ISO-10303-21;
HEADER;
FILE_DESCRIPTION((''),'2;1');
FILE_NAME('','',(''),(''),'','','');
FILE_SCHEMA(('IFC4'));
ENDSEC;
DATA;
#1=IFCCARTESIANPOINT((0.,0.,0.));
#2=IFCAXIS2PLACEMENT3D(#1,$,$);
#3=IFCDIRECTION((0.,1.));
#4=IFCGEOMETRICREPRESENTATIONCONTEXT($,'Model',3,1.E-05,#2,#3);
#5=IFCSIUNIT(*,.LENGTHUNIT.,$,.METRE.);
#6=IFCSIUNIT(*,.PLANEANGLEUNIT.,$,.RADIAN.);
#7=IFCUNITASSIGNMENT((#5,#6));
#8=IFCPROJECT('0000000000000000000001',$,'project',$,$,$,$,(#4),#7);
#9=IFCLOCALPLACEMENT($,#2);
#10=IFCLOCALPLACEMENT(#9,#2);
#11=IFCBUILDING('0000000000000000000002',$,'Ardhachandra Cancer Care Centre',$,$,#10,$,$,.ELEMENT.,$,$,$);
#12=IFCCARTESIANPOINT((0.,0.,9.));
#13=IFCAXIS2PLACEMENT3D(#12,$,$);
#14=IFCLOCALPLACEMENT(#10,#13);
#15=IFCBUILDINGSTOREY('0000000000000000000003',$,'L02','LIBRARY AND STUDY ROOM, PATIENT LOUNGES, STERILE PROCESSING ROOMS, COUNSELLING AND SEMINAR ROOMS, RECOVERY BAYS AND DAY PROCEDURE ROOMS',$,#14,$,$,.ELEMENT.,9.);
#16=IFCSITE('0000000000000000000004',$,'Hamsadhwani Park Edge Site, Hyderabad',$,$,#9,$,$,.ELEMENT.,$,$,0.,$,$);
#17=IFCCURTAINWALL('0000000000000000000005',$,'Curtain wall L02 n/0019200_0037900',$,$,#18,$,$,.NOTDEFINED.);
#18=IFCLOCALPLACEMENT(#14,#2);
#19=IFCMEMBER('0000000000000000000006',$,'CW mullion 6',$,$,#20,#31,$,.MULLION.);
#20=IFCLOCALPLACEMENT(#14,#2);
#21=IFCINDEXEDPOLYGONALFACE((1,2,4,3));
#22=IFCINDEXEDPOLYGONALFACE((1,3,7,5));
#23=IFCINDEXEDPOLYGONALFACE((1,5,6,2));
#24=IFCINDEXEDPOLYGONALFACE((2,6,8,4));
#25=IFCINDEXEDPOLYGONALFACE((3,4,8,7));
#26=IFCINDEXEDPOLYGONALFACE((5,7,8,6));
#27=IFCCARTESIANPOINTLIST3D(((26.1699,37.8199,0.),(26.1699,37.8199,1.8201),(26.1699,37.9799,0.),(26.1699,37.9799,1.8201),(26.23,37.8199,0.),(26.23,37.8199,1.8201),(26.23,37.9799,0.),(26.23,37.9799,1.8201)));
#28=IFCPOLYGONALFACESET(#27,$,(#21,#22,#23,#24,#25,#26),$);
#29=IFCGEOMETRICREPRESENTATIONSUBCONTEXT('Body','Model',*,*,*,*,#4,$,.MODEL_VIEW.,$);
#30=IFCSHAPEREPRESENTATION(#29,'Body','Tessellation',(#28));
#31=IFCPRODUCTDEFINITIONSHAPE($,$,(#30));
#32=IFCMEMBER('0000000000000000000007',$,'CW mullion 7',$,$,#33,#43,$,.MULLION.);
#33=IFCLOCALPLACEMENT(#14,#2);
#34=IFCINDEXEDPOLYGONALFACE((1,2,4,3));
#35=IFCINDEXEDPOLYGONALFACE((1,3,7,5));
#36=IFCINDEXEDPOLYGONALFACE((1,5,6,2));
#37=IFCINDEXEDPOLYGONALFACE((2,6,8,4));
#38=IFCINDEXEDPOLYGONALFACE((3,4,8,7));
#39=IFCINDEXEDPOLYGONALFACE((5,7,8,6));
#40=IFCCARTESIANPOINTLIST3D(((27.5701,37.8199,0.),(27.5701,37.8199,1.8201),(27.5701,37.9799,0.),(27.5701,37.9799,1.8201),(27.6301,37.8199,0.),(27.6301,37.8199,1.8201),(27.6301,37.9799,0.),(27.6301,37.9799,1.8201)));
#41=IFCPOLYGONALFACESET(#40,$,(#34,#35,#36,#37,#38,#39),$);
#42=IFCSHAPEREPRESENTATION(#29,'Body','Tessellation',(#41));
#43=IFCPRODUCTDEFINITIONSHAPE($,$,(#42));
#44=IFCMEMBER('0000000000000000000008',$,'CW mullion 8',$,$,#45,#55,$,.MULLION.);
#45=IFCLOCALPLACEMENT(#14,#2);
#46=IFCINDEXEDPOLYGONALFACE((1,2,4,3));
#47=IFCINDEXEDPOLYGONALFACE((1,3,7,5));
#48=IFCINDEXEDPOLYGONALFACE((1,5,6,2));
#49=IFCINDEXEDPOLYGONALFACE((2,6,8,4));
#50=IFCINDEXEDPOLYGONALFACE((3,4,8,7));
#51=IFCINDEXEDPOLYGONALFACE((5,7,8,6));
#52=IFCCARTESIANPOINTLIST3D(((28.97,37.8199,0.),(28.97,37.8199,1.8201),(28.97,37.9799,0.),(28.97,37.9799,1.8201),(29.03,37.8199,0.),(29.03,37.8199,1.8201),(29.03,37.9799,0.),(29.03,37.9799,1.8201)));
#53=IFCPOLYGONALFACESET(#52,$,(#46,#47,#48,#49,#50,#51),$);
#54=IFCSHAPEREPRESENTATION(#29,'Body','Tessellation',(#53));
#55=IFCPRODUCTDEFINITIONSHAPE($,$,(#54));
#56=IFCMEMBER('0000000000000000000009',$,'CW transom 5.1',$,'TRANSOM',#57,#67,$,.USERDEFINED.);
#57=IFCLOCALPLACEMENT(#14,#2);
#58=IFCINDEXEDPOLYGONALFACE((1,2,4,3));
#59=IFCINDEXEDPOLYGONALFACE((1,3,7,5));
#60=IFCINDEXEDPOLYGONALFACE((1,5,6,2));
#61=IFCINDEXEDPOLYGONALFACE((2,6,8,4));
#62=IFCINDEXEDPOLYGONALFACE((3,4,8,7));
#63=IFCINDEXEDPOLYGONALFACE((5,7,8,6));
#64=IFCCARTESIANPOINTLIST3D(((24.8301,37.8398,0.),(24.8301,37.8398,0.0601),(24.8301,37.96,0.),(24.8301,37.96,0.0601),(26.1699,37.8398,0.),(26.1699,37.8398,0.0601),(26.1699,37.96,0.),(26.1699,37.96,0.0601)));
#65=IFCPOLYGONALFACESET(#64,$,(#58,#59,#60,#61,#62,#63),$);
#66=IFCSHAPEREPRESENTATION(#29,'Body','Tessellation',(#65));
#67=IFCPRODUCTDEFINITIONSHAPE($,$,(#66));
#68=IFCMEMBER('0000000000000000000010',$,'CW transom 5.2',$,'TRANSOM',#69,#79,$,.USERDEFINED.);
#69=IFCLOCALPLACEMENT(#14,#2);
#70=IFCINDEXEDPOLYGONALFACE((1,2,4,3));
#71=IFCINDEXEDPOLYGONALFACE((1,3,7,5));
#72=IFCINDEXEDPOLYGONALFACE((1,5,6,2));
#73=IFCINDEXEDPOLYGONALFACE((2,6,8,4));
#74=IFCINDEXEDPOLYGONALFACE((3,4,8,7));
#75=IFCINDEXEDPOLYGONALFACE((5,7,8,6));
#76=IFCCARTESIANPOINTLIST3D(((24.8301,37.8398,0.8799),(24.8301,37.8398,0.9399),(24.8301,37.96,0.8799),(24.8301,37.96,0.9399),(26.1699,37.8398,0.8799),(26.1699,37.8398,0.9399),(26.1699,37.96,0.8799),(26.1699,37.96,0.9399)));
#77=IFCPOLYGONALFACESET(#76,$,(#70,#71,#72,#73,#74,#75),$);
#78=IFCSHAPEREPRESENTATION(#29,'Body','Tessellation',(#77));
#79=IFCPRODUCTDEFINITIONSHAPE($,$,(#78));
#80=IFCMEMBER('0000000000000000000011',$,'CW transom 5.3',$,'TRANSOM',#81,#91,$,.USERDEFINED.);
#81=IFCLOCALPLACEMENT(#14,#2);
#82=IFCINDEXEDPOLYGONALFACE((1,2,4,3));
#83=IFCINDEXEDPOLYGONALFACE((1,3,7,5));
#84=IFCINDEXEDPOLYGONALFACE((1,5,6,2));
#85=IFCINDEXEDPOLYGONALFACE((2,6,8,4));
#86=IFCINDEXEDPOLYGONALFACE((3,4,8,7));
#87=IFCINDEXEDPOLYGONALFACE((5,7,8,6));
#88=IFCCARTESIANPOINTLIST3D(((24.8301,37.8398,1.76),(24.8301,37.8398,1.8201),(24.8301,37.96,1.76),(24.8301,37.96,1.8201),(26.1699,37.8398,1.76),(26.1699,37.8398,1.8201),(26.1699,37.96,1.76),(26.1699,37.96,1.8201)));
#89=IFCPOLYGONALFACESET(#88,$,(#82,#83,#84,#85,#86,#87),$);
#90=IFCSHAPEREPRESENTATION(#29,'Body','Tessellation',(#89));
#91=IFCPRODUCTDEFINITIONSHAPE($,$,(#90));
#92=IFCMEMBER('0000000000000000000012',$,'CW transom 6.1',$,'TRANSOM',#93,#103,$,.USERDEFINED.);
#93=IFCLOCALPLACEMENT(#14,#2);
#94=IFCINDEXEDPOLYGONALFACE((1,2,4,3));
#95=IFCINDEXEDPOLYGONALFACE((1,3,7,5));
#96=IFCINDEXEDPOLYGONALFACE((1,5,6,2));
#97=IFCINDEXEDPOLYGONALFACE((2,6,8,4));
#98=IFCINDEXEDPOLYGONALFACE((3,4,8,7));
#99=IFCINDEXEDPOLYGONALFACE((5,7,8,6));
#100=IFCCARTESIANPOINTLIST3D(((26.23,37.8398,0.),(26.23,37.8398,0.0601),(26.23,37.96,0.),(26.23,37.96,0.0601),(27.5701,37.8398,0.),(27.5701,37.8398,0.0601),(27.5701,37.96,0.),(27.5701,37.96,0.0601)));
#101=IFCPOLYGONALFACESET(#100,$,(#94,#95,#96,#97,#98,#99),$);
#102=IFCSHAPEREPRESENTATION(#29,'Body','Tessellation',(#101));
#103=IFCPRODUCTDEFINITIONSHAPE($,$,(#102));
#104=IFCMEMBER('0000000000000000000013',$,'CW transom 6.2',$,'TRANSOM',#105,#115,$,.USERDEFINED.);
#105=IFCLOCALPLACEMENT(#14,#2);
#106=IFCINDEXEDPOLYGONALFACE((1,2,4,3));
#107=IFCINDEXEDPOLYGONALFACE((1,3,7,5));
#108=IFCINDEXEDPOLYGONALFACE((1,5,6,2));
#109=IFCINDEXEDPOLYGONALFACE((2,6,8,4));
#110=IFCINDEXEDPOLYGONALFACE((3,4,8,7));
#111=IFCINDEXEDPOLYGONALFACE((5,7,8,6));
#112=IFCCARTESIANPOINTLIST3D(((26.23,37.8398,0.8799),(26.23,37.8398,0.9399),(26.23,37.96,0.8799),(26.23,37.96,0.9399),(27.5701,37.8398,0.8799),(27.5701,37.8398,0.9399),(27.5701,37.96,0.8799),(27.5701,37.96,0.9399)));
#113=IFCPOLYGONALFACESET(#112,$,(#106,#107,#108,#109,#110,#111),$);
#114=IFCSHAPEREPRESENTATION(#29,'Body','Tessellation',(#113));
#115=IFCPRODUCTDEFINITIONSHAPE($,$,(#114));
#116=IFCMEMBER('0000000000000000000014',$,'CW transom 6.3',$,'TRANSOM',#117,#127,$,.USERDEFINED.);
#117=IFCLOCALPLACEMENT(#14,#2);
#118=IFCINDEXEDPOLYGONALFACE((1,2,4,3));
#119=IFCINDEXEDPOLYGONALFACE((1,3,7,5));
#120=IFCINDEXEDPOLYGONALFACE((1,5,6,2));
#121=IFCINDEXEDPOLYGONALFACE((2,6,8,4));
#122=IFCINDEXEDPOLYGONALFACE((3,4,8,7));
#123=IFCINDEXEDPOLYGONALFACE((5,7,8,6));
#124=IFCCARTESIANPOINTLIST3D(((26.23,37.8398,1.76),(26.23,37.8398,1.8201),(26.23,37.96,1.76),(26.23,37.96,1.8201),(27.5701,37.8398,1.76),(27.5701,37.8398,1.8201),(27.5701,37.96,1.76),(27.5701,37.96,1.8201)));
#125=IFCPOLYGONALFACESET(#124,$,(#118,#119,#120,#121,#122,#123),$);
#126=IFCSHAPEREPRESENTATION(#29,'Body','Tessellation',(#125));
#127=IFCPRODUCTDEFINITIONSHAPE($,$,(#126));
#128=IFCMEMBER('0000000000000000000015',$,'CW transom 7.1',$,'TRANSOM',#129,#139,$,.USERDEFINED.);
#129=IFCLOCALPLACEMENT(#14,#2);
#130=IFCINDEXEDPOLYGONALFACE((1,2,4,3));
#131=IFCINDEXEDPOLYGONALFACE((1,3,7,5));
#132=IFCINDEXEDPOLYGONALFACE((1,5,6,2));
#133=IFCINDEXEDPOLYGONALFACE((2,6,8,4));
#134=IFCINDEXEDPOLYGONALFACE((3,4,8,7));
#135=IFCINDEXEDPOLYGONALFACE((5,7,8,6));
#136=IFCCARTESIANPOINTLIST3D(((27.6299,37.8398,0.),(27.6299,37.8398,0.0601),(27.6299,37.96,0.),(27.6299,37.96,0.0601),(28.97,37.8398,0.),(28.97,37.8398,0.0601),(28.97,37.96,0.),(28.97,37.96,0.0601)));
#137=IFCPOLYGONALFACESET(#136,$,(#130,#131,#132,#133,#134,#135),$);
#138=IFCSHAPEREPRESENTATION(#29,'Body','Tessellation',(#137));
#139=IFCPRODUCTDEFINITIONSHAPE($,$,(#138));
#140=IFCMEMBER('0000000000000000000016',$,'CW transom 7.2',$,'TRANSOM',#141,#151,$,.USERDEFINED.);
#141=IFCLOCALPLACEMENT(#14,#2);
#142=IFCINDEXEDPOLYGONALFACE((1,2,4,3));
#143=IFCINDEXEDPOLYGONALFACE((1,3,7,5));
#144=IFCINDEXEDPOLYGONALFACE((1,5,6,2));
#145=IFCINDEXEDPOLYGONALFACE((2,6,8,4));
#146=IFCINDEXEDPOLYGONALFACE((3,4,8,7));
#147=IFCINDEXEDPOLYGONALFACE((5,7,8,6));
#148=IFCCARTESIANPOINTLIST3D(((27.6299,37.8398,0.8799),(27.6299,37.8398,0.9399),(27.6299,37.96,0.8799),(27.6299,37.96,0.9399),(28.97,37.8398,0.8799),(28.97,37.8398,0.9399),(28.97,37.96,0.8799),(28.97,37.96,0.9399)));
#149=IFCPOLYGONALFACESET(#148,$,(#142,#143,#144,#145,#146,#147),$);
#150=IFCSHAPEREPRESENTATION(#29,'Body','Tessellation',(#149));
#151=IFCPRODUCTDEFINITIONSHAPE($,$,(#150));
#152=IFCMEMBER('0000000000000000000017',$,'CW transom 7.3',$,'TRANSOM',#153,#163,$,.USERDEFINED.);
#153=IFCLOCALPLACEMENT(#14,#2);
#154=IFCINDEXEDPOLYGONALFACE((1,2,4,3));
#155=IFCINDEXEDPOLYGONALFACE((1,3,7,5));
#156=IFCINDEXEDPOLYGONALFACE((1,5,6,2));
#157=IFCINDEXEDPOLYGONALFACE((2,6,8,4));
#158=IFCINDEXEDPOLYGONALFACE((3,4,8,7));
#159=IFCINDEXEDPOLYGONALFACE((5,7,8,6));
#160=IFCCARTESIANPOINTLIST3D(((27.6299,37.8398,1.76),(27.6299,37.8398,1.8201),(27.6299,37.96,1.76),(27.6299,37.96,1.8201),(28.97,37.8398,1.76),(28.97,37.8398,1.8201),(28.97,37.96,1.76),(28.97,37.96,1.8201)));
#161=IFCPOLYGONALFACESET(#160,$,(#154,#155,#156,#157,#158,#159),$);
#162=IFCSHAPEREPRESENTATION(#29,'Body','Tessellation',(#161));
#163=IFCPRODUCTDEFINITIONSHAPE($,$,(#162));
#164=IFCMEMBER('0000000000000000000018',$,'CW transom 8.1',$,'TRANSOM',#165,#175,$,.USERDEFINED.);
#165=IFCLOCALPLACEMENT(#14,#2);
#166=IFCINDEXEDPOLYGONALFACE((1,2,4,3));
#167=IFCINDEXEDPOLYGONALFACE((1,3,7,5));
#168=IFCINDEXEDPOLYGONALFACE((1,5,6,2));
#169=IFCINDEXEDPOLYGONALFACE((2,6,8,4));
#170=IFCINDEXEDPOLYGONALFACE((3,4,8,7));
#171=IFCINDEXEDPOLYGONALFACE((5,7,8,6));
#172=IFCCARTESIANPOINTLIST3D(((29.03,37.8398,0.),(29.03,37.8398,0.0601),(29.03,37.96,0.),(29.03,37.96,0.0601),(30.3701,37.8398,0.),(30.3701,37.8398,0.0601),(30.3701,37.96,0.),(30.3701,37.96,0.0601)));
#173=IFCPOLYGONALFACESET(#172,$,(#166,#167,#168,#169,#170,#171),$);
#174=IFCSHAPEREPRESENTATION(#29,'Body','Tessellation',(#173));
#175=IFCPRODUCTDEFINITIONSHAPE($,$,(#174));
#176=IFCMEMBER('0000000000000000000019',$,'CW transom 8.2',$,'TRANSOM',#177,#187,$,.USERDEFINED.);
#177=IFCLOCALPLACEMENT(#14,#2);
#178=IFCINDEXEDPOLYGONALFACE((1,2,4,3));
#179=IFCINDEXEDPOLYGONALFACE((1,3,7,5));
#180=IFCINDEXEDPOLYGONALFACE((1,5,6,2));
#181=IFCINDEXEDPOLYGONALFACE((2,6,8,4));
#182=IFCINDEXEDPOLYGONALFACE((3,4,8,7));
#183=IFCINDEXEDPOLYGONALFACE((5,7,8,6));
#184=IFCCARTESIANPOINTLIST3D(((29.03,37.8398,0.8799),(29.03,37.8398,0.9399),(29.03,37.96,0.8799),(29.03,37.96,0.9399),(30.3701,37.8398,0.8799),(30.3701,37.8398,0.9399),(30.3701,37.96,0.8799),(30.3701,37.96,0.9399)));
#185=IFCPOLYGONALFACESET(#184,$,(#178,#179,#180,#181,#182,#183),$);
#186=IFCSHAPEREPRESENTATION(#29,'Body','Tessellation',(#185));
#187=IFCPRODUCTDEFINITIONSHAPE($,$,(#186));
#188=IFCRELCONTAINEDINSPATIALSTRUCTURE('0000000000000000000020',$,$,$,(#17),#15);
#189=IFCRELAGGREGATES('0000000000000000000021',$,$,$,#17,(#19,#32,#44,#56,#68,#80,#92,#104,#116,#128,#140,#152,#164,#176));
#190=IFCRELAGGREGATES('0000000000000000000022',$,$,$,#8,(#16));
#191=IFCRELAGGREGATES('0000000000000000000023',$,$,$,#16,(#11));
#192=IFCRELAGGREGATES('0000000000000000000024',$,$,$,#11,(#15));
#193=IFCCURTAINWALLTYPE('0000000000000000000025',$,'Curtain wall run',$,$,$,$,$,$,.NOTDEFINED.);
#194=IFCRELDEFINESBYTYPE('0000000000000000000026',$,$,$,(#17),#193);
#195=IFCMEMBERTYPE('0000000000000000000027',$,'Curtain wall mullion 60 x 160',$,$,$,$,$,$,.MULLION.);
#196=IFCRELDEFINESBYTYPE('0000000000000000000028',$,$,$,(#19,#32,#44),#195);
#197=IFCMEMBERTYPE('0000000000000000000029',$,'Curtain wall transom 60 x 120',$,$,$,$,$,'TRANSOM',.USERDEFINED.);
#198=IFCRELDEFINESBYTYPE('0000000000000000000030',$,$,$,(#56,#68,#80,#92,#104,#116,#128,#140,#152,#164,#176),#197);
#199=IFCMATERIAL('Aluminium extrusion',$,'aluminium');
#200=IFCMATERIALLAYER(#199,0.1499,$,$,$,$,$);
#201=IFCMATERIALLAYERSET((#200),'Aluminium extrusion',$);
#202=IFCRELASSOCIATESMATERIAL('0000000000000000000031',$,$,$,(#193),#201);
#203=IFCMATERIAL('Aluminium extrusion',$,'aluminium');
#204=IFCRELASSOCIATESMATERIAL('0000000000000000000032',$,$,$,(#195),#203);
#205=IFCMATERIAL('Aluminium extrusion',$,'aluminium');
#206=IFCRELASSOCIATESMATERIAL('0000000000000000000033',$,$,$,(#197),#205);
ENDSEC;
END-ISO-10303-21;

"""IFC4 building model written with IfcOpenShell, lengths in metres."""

from ifc_helpers import new_model, si_unit, direction, frame, origin, origin_2d, place, context, subcontext, project, spatial, rectangle, extrude, material, layer, layer_set, material_profile, profile_set, type_object, element, aggregate, save


model = new_model("IFC4")

# Units and contexts
model_context = context("Model", 3, precision=1e-05, world=origin(), true_north=direction((0.0, 1.0)))
body_context = subcontext(model_context, "Body", "Model", "MODEL_VIEW")
ifc_project = project(units=[si_unit("LENGTHUNIT", "METRE"), si_unit("PLANEANGLEUNIT", "RADIAN")], contexts=[model_context])

# Site, building, storey
site_placement = place(None, origin())
site = spatial("IfcSite", under=ifc_project, at=site_placement, Name="Hamsadhwani Park Edge Site, Hyderabad", CompositionType="ELEMENT", RefElevation=0.0)
building_placement = place(site_placement, origin())
building = spatial("IfcBuilding", under=site, at=building_placement, Name="Ardhachandra Cancer Care Centre", CompositionType="ELEMENT")
storey_placement = place(building_placement, frame((0.0, 0.0, 9.0)))
storey = spatial("IfcBuildingStorey", under=building, at=storey_placement, Name="L02", Description="LIBRARY AND STUDY ROOM, PATIENT LOUNGES, STERILE PROCESSING ROOMS, COUNSELLING AND SEMINAR ROOMS, RECOVERY BAYS AND DAY PROCEDURE ROOMS", CompositionType="ELEMENT", Elevation=9.0)

# Curtain wall, members
ifc_material_1 = material(Name="Aluminium extrusion", Category="aluminium")
ifc_layer_1 = layer(ifc_material_1, 0.1499)
ifc_layer_set_1 = layer_set([ifc_layer_1], Name="Aluminium extrusion")
curtain_wall_type = type_object("IfcCurtainWallType", Name="Curtain wall run", PredefinedType="NOTDEFINED", material=ifc_layer_set_1)
curtain_wall_placement = place(storey_placement, origin())
curtain_wall = element("IfcCurtainWall", 1, at=curtain_wall_placement, inside=storey, type_object=curtain_wall_type, Name="Curtain wall L02 n/0019200_0037900", PredefinedType="NOTDEFINED")
ifc_material_2 = material(Name="Aluminium extrusion", Category="aluminium")
ifc_material_profile_1 = material_profile(ifc_material_2, rectangle(XDim=0.1599, YDim=0.0601, at=origin_2d()), Name="Curtain wall mullion 60 x 160")
ifc_profile_set_1 = profile_set([ifc_material_profile_1], Name="Aluminium extrusion")
member_type_1 = type_object("IfcMemberType", Name="Curtain wall mullion 60 x 160", PredefinedType="MULLION", material=ifc_profile_set_1)
member_1_placement = place(storey_placement, frame((26.2, 37.8999, 0.0), z_axis=(0.0, 0.0, 1.0), x_axis=(0.0, 1.0, 0.0)))
member_1 = element("IfcMember", 2, at=member_1_placement, type_object=member_type_1, Name="CW mullion 6", PredefinedType="MULLION", context=body_context, shape_type="SweptSolid", body=[
    extrude(rectangle(XDim=0.1599, YDim=0.0601, at=origin_2d()), origin(), (0.0, 0.0, 1.0), 1.8201),
])
member_2_placement = place(storey_placement, frame((27.6001, 37.8999, 0.0), z_axis=(0.0, 0.0, 1.0), x_axis=(0.0, 1.0, 0.0)))
member_2 = element("IfcMember", 3, at=member_2_placement, type_object=member_type_1, Name="CW mullion 7", PredefinedType="MULLION", context=body_context, shape_type="SweptSolid", body=[
    extrude(rectangle(XDim=0.1599, YDim=0.0601, at=origin_2d()), origin(), (0.0, 0.0, 1.0), 1.8201),
])
member_3_placement = place(storey_placement, frame((29.0, 37.8999, 0.0), z_axis=(0.0, 0.0, 1.0), x_axis=(0.0, 1.0, 0.0)))
member_3 = element("IfcMember", 4, at=member_3_placement, type_object=member_type_1, Name="CW mullion 8", PredefinedType="MULLION", context=body_context, shape_type="SweptSolid", body=[
    extrude(rectangle(XDim=0.1599, YDim=0.0601, at=origin_2d()), origin(), (0.0, 0.0, 1.0), 1.8201),
])
ifc_material_3 = material(Name="Aluminium extrusion", Category="aluminium")
ifc_material_profile_2 = material_profile(ifc_material_3, rectangle(XDim=0.1201, YDim=0.0601, at=origin_2d()), Name="Curtain wall transom 60 x 120")
ifc_profile_set_2 = profile_set([ifc_material_profile_2], Name="Aluminium extrusion")
member_type_2 = type_object("IfcMemberType", Name="Curtain wall transom 60 x 120", ElementType="TRANSOM", PredefinedType="USERDEFINED", material=ifc_profile_set_2)
member_4_placement = place(storey_placement, frame((24.8301, 37.8999, 0.03), z_axis=(1.0, 0.0, 0.0), x_axis=(0.0, 1.0, 0.0)))
member_4 = element("IfcMember", 5, at=member_4_placement, type_object=member_type_2, Name="CW transom 5.1", ObjectType="TRANSOM", PredefinedType="USERDEFINED", context=body_context, shape_type="SweptSolid", body=[
    extrude(rectangle(XDim=0.1201, YDim=0.0601, at=origin_2d()), origin(), (0.0, 0.0, 1.0), 1.3398),
])
member_5_placement = place(storey_placement, frame((24.8301, 37.8999, 0.9099), z_axis=(1.0, 0.0, 0.0), x_axis=(0.0, 1.0, 0.0)))
member_5 = element("IfcMember", 6, at=member_5_placement, type_object=member_type_2, Name="CW transom 5.2", ObjectType="TRANSOM", PredefinedType="USERDEFINED", context=body_context, shape_type="SweptSolid", body=[
    extrude(rectangle(XDim=0.1201, YDim=0.0601, at=origin_2d()), origin(), (0.0, 0.0, 1.0), 1.3398),
])
member_6_placement = place(storey_placement, frame((24.8301, 37.8999, 1.79), z_axis=(1.0, 0.0, 0.0), x_axis=(0.0, 1.0, 0.0)))
member_6 = element("IfcMember", 7, at=member_6_placement, type_object=member_type_2, Name="CW transom 5.3", ObjectType="TRANSOM", PredefinedType="USERDEFINED", context=body_context, shape_type="SweptSolid", body=[
    extrude(rectangle(XDim=0.1201, YDim=0.0601, at=origin_2d()), origin(), (0.0, 0.0, 1.0), 1.3398),
])
member_7_placement = place(storey_placement, frame((26.23, 37.8999, 0.03), z_axis=(1.0, 0.0, 0.0), x_axis=(0.0, 1.0, 0.0)))
member_7 = element("IfcMember", 8, at=member_7_placement, type_object=member_type_2, Name="CW transom 6.1", ObjectType="TRANSOM", PredefinedType="USERDEFINED", context=body_context, shape_type="SweptSolid", body=[
    extrude(rectangle(XDim=0.1201, YDim=0.0601, at=origin_2d()), origin(), (0.0, 0.0, 1.0), 1.3401),
])
member_8_placement = place(storey_placement, frame((26.23, 37.8999, 0.9099), z_axis=(1.0, 0.0, 0.0), x_axis=(0.0, 1.0, 0.0)))
member_8 = element("IfcMember", 9, at=member_8_placement, type_object=member_type_2, Name="CW transom 6.2", ObjectType="TRANSOM", PredefinedType="USERDEFINED", context=body_context, shape_type="SweptSolid", body=[
    extrude(rectangle(XDim=0.1201, YDim=0.0601, at=origin_2d()), origin(), (0.0, 0.0, 1.0), 1.3401),
])
member_9_placement = place(storey_placement, frame((26.23, 37.8999, 1.79), z_axis=(1.0, 0.0, 0.0), x_axis=(0.0, 1.0, 0.0)))
member_9 = element("IfcMember", 10, at=member_9_placement, type_object=member_type_2, Name="CW transom 6.3", ObjectType="TRANSOM", PredefinedType="USERDEFINED", context=body_context, shape_type="SweptSolid", body=[
    extrude(rectangle(XDim=0.1201, YDim=0.0601, at=origin_2d()), origin(), (0.0, 0.0, 1.0), 1.3401),
])
member_10_placement = place(storey_placement, frame((27.6299, 37.8999, 0.03), z_axis=(1.0, 0.0, 0.0), x_axis=(0.0, 1.0, 0.0)))
member_10 = element("IfcMember", 11, at=member_10_placement, type_object=member_type_2, Name="CW transom 7.1", ObjectType="TRANSOM", PredefinedType="USERDEFINED", context=body_context, shape_type="SweptSolid", body=[
    extrude(rectangle(XDim=0.1201, YDim=0.0601, at=origin_2d()), origin(), (0.0, 0.0, 1.0), 1.3401),
])
member_11_placement = place(storey_placement, frame((27.6299, 37.8999, 0.9099), z_axis=(1.0, 0.0, 0.0), x_axis=(0.0, 1.0, 0.0)))
member_11 = element("IfcMember", 12, at=member_11_placement, type_object=member_type_2, Name="CW transom 7.2", ObjectType="TRANSOM", PredefinedType="USERDEFINED", context=body_context, shape_type="SweptSolid", body=[
    extrude(rectangle(XDim=0.1201, YDim=0.0601, at=origin_2d()), origin(), (0.0, 0.0, 1.0), 1.3401),
])
member_12_placement = place(storey_placement, frame((27.6299, 37.8999, 1.79), z_axis=(1.0, 0.0, 0.0), x_axis=(0.0, 1.0, 0.0)))
member_12 = element("IfcMember", 13, at=member_12_placement, type_object=member_type_2, Name="CW transom 7.3", ObjectType="TRANSOM", PredefinedType="USERDEFINED", context=body_context, shape_type="SweptSolid", body=[
    extrude(rectangle(XDim=0.1201, YDim=0.0601, at=origin_2d()), origin(), (0.0, 0.0, 1.0), 1.3401),
])
member_13_placement = place(storey_placement, frame((29.03, 37.8999, 0.03), z_axis=(1.0, 0.0, 0.0), x_axis=(0.0, 1.0, 0.0)))
member_13 = element("IfcMember", 14, at=member_13_placement, type_object=member_type_2, Name="CW transom 8.1", ObjectType="TRANSOM", PredefinedType="USERDEFINED", context=body_context, shape_type="SweptSolid", body=[
    extrude(rectangle(XDim=0.1201, YDim=0.0601, at=origin_2d()), origin(), (0.0, 0.0, 1.0), 1.3401),
])
member_14_placement = place(storey_placement, frame((29.03, 37.8999, 0.9099), z_axis=(1.0, 0.0, 0.0), x_axis=(0.0, 1.0, 0.0)))
member_14 = element("IfcMember", 15, at=member_14_placement, type_object=member_type_2, Name="CW transom 8.2", ObjectType="TRANSOM", PredefinedType="USERDEFINED", context=body_context, shape_type="SweptSolid", body=[
    extrude(rectangle(XDim=0.1201, YDim=0.0601, at=origin_2d()), origin(), (0.0, 0.0, 1.0), 1.3401),
])

aggregate(curtain_wall, [member_1, member_2, member_3, member_4, member_5, member_6, member_7, member_8, member_9, member_10, member_11, member_12, member_13, member_14])

save(model, "model.ifc")
